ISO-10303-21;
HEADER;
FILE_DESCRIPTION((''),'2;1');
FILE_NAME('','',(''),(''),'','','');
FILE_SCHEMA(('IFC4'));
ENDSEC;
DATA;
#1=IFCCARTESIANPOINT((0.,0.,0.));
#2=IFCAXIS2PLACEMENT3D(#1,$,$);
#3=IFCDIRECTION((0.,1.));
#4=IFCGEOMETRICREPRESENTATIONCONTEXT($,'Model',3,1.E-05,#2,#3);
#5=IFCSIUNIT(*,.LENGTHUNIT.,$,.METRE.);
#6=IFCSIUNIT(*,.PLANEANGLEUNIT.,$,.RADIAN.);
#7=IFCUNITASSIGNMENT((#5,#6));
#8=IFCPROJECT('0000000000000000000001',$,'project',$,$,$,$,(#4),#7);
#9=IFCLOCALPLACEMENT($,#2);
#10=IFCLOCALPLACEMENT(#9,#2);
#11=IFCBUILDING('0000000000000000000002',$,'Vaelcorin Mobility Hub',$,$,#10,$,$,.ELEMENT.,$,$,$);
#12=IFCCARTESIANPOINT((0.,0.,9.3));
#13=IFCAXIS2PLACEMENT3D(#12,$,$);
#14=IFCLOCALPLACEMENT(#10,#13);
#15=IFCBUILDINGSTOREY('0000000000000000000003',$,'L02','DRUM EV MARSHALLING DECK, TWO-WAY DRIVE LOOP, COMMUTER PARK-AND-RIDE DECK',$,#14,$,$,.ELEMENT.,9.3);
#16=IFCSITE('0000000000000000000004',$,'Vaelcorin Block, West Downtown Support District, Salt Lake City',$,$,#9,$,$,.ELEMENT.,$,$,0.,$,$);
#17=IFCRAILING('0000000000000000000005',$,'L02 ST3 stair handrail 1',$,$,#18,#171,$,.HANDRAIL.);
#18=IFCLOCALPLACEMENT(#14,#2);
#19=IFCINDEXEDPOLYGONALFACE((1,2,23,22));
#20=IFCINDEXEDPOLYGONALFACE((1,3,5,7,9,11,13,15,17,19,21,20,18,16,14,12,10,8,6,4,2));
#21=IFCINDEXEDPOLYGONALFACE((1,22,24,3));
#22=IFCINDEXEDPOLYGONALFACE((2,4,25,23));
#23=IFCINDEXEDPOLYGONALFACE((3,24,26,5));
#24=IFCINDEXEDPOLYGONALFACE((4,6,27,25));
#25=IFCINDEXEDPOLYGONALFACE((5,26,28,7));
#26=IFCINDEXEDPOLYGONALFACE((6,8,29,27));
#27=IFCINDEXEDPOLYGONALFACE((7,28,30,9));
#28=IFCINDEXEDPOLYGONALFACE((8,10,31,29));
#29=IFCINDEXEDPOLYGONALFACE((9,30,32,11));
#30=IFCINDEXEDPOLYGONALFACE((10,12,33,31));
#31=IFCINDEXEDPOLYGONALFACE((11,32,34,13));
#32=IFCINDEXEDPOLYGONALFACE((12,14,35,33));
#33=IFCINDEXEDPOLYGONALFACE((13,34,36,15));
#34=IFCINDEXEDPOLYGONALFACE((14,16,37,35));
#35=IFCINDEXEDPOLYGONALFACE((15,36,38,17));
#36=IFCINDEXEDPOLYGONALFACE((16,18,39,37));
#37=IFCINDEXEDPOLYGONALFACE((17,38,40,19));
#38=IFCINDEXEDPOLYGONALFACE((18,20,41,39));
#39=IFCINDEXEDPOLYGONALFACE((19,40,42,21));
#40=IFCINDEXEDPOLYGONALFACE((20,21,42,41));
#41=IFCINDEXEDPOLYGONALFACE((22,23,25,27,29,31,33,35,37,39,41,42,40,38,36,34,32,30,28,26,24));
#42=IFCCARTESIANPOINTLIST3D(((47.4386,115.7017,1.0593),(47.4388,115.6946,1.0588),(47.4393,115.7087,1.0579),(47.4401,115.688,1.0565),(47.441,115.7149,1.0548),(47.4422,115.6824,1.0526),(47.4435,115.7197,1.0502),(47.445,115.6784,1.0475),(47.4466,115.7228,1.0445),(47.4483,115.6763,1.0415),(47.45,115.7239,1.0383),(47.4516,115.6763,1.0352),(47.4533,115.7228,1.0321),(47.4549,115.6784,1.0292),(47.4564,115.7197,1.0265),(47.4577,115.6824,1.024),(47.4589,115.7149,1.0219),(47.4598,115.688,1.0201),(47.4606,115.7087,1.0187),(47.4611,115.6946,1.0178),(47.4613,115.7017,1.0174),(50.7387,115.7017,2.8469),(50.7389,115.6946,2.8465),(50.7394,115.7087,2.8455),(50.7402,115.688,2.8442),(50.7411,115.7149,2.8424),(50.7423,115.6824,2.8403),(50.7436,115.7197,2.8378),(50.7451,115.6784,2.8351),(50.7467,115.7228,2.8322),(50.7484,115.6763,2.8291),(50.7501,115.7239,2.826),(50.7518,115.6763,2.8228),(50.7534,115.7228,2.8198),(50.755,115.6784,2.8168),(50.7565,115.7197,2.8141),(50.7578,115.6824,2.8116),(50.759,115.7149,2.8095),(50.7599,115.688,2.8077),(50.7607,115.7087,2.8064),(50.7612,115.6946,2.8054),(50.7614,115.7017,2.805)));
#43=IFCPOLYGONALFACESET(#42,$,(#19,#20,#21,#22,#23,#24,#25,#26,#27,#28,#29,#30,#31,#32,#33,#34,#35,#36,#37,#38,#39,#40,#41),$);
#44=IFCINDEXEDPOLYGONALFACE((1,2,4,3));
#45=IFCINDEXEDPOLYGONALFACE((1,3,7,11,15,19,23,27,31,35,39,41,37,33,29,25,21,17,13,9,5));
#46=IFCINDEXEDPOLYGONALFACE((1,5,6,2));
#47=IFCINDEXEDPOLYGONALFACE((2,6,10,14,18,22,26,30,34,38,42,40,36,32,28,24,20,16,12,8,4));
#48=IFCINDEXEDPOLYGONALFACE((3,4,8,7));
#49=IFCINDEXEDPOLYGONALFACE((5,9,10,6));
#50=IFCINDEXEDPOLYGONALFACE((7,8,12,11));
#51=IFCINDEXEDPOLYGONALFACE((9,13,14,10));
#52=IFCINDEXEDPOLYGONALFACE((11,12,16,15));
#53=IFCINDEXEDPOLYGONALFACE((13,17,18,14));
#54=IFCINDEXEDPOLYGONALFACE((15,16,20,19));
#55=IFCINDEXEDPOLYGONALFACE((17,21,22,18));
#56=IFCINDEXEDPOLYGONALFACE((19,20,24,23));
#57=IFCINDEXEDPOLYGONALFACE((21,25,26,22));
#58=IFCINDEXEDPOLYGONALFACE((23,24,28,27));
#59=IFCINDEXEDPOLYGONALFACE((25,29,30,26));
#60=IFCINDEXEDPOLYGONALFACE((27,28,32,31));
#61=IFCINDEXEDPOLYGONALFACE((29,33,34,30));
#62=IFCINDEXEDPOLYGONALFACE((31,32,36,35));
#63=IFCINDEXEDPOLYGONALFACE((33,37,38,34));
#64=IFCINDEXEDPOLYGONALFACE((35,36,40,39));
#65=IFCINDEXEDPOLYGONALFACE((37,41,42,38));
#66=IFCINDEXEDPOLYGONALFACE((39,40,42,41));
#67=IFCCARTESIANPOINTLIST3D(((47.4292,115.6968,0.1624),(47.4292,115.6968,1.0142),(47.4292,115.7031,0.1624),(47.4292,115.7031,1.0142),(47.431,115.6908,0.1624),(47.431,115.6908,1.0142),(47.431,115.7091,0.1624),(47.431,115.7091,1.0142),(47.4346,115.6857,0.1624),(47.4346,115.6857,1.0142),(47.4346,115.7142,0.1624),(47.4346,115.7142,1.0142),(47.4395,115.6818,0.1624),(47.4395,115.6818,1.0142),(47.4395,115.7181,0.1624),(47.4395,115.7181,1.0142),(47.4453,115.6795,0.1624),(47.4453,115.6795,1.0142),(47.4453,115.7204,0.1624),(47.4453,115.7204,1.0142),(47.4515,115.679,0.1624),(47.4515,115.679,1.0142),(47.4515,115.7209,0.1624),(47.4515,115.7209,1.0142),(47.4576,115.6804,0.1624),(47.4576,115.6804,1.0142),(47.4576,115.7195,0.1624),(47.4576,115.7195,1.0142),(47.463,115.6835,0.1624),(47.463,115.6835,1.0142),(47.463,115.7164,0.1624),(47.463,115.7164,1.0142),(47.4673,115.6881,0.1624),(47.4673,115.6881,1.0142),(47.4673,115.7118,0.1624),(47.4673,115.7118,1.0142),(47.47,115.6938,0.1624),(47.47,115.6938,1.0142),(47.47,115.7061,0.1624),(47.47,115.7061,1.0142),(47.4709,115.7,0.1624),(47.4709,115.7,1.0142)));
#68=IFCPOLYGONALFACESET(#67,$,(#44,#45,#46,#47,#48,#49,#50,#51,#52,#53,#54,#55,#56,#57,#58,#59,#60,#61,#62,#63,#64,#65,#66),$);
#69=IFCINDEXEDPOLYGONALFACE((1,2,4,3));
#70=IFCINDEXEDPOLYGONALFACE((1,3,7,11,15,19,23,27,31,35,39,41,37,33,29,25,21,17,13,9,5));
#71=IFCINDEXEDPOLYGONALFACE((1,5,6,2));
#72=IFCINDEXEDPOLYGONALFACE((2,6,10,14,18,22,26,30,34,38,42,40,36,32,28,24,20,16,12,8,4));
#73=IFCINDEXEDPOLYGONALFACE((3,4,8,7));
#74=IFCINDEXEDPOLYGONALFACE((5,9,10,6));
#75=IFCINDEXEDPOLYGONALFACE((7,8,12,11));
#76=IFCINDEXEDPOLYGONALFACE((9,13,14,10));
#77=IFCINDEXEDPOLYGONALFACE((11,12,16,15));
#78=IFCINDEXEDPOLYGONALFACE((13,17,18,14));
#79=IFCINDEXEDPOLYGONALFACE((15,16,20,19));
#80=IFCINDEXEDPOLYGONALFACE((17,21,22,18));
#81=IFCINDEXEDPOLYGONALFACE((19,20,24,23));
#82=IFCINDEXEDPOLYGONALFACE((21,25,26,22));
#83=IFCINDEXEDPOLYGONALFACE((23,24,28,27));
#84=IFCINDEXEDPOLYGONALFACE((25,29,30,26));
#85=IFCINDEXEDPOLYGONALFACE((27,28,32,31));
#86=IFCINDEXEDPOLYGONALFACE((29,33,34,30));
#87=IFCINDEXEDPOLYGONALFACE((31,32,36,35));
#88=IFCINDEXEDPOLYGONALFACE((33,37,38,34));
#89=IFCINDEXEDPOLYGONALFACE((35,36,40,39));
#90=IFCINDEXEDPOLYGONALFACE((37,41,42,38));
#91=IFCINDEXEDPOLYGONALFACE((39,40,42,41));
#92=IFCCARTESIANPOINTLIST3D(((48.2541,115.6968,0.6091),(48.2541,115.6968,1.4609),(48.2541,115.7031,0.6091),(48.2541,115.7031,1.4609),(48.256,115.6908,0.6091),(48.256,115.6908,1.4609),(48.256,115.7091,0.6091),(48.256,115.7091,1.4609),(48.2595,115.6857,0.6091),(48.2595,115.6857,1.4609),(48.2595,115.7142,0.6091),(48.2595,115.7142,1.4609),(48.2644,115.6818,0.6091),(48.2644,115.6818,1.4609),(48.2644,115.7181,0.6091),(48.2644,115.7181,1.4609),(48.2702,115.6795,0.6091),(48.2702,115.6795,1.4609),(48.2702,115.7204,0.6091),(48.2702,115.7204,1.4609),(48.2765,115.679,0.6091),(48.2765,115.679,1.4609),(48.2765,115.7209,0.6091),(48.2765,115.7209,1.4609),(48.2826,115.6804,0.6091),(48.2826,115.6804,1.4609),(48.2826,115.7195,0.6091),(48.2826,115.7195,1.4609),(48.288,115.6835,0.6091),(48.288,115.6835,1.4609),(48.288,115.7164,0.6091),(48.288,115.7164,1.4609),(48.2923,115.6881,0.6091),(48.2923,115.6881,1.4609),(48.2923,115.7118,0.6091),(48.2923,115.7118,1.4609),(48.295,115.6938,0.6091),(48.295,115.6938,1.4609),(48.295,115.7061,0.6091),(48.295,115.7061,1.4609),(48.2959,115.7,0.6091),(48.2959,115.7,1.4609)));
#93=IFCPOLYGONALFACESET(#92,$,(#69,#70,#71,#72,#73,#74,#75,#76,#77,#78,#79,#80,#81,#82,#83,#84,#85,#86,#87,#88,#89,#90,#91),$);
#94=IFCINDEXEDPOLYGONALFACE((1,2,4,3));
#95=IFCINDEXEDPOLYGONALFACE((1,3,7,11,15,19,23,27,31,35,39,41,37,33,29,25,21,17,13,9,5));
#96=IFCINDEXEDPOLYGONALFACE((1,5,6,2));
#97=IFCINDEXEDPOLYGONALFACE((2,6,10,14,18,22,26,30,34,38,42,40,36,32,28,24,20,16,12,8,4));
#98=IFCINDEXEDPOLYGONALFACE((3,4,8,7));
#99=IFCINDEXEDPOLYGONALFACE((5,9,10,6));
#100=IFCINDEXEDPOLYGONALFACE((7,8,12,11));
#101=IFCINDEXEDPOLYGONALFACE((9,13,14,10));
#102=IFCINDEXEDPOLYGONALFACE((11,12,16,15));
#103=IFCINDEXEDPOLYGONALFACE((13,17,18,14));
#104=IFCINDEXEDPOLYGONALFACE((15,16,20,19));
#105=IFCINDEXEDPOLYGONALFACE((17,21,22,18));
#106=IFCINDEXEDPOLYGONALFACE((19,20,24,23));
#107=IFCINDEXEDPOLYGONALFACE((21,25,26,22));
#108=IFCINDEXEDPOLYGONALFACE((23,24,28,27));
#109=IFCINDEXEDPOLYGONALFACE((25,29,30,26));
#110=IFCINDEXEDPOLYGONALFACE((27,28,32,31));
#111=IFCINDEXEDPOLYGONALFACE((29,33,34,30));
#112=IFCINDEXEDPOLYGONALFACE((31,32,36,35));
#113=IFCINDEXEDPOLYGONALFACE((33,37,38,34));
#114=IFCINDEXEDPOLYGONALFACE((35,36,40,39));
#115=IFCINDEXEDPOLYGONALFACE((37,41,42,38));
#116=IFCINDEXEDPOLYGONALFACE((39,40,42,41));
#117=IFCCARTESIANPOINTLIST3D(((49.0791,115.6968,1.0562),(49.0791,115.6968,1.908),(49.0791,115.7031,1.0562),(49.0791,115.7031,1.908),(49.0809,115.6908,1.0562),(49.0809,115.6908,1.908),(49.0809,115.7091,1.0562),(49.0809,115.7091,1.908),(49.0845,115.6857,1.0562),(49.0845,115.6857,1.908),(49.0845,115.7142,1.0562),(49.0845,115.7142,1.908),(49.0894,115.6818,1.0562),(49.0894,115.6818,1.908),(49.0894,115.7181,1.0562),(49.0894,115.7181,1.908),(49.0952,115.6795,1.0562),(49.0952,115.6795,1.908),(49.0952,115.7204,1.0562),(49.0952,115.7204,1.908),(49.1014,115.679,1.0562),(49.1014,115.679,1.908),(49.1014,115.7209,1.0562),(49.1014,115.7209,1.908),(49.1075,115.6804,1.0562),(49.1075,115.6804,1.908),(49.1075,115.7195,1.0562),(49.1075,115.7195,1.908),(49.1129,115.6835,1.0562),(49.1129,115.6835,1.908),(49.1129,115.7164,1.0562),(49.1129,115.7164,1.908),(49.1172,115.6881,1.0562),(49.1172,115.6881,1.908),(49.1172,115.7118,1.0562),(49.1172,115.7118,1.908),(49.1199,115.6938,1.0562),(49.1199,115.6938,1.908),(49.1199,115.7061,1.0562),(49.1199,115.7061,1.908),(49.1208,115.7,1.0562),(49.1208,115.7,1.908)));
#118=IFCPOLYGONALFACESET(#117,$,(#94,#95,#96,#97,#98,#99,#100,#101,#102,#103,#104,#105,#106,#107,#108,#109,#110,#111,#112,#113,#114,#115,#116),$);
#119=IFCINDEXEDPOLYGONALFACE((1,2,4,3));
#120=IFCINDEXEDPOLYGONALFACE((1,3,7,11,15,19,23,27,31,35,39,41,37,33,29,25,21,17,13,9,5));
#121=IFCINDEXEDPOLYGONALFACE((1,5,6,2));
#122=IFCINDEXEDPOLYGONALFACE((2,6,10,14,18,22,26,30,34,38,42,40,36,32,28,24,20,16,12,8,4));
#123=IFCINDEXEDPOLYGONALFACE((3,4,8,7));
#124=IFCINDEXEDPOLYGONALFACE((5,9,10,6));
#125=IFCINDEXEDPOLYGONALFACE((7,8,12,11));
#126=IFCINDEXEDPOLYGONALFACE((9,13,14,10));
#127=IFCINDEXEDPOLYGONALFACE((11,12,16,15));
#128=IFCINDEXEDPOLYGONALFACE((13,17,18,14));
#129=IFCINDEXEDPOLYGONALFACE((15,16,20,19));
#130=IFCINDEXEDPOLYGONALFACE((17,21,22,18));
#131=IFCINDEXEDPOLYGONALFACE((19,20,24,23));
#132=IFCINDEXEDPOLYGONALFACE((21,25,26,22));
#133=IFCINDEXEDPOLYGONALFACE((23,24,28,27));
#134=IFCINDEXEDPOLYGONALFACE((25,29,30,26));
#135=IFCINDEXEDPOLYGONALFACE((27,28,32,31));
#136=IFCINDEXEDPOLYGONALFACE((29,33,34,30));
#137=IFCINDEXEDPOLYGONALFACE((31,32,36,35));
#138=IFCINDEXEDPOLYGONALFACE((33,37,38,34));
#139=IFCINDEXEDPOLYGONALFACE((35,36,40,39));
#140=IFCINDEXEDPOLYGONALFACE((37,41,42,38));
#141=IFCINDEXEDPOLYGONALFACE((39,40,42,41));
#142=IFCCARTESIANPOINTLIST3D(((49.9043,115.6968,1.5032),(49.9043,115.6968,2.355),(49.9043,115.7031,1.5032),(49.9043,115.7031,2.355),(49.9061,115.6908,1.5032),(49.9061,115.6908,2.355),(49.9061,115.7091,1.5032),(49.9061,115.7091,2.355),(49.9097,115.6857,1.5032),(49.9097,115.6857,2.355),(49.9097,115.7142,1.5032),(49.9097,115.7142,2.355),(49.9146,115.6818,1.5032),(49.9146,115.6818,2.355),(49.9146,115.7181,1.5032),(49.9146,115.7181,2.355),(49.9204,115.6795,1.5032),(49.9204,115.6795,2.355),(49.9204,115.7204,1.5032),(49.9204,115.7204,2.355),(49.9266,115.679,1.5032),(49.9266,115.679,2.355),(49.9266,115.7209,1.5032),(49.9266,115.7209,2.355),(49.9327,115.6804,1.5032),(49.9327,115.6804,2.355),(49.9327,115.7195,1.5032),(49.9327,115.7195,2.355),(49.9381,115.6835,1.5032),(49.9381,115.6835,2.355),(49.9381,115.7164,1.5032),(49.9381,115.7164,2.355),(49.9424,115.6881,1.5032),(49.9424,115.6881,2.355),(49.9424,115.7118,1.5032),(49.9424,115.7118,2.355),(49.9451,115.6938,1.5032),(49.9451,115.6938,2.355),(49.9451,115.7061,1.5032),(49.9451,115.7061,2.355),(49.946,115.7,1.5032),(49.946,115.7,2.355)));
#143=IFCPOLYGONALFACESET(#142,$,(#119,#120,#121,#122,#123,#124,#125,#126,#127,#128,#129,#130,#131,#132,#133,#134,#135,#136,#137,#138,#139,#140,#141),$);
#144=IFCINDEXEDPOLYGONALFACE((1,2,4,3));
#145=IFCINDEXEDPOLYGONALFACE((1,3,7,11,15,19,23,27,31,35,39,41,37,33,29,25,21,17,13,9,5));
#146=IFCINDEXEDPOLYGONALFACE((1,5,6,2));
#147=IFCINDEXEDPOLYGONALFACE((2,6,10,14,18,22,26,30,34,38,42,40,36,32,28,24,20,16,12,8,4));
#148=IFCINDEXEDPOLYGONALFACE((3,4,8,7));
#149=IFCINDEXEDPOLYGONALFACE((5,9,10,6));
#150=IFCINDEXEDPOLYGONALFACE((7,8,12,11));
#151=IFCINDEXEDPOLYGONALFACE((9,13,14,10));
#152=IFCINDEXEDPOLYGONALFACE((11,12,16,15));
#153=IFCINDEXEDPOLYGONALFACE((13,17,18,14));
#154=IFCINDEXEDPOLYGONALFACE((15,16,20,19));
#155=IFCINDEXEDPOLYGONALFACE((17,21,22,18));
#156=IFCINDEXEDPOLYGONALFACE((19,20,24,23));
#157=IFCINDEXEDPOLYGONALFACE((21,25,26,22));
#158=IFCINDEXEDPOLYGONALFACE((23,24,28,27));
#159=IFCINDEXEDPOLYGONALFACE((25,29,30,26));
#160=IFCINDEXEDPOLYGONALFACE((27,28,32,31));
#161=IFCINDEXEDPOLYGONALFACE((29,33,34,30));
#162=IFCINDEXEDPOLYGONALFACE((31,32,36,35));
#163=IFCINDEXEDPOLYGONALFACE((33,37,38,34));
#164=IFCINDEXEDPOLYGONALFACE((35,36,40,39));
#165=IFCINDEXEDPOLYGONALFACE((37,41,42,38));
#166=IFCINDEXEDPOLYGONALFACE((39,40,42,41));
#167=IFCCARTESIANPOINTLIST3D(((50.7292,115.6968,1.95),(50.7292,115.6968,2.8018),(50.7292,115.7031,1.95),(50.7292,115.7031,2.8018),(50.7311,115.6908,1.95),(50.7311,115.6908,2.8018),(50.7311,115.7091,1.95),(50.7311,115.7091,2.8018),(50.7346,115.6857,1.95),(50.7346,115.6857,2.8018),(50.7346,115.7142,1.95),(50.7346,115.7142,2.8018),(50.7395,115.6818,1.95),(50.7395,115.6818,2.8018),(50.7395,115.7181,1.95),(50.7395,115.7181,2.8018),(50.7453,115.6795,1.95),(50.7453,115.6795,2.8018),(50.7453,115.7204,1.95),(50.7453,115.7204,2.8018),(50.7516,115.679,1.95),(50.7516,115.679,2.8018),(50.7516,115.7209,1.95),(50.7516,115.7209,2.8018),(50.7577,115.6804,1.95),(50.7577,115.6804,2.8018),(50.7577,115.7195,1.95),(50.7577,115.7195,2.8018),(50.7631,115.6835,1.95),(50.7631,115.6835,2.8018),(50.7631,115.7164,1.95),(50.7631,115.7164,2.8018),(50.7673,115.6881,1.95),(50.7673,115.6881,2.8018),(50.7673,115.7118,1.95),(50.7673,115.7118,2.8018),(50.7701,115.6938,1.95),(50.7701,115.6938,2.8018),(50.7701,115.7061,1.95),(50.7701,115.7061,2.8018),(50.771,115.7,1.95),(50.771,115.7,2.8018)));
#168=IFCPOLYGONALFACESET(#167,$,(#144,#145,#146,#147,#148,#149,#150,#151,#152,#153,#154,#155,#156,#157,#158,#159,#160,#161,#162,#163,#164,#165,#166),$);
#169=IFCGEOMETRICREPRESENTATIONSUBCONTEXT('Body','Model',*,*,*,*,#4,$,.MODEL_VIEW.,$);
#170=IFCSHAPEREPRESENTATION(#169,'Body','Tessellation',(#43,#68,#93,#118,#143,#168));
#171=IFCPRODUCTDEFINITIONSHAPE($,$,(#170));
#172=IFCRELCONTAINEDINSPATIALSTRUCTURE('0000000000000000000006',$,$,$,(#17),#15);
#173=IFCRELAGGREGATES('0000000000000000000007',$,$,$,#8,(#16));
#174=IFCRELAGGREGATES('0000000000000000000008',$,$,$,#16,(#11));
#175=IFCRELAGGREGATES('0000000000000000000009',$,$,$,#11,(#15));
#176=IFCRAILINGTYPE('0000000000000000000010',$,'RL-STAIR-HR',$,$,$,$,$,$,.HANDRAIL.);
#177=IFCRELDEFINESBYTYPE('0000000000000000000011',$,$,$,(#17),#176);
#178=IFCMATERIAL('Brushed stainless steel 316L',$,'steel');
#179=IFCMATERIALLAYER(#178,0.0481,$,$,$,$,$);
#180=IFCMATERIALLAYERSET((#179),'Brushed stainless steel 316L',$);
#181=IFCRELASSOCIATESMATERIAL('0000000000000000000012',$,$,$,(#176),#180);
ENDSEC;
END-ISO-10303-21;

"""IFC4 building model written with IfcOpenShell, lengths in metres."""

from ifc_helpers import new_model, si_unit, direction, frame, origin, origin_2d, place, context, subcontext, project, spatial, circle, extrude, material, layer, layer_set, type_object, element, save


model = new_model("IFC4")

# Units and contexts
model_context = context("Model", 3, precision=1e-05, world=origin(), true_north=direction((0.0, 1.0)))
body_context = subcontext(model_context, "Body", "Model", "MODEL_VIEW")
ifc_project = project(units=[si_unit("LENGTHUNIT", "METRE"), si_unit("PLANEANGLEUNIT", "RADIAN")], contexts=[model_context])

# Site, building, storey
site_placement = place(None, origin())
site = spatial("IfcSite", under=ifc_project, at=site_placement, Name="Vaelcorin Block, West Downtown Support District, Salt Lake City", CompositionType="ELEMENT", RefElevation=0.0)
building_placement = place(site_placement, origin())
building = spatial("IfcBuilding", under=site, at=building_placement, Name="Vaelcorin Mobility Hub", CompositionType="ELEMENT")
storey_placement = place(building_placement, frame((0.0, 0.0, 9.3)))
storey = spatial("IfcBuildingStorey", under=building, at=storey_placement, Name="L02", Description="DRUM EV MARSHALLING DECK, TWO-WAY DRIVE LOOP, COMMUTER PARK-AND-RIDE DECK", CompositionType="ELEMENT", Elevation=9.3)

# Railing
ifc_material_1 = material(Name="Brushed stainless steel 316L", Category="steel")
ifc_layer_1 = layer(ifc_material_1, 0.0481)
ifc_layer_set_1 = layer_set([ifc_layer_1], Name="Brushed stainless steel 316L")
railing_type_1 = type_object("IfcRailingType", Name="RL-STAIR-HR", PredefinedType="HANDRAIL", material=ifc_layer_set_1)
railing_1_placement = place(storey_placement, frame((47.45, 115.7, 0.1624)))
element("IfcRailing", 1, at=railing_1_placement, inside=storey, type_object=railing_type_1, Name="L02 ST3 stair handrail 1", PredefinedType="HANDRAIL", context=body_context, shape_type="SweptSolid", body=[
    extrude(circle(Radius=0.0239, at=origin_2d()), frame((0.0, 0.0, 0.876), z_axis=(0.879284, 0.0, 0.476298), x_axis=(0.0, 1.0, 0.0)), (0.0, 0.0, 1.0), 3.7532),
    extrude(circle(Radius=0.021, at=origin_2d()), origin(), (0.0, 0.0, 1.0), 0.8518),
    extrude(circle(Radius=0.021, at=origin_2d()), frame((0.825, 0.0, 0.4468)), (0.0, 0.0, 1.0), 0.8518),
    extrude(circle(Radius=0.021, at=origin_2d()), frame((1.6499, 0.0, 0.8938)), (0.0, 0.0, 1.0), 0.8518),
    extrude(circle(Radius=0.021, at=origin_2d()), frame((2.4751, 0.0, 1.3408)), (0.0, 0.0, 1.0), 0.8518),
    extrude(circle(Radius=0.021, at=origin_2d()), frame((3.3, 0.0, 1.7876)), (0.0, 0.0, 1.0), 0.8518),
])

save(model, "model.ifc")
